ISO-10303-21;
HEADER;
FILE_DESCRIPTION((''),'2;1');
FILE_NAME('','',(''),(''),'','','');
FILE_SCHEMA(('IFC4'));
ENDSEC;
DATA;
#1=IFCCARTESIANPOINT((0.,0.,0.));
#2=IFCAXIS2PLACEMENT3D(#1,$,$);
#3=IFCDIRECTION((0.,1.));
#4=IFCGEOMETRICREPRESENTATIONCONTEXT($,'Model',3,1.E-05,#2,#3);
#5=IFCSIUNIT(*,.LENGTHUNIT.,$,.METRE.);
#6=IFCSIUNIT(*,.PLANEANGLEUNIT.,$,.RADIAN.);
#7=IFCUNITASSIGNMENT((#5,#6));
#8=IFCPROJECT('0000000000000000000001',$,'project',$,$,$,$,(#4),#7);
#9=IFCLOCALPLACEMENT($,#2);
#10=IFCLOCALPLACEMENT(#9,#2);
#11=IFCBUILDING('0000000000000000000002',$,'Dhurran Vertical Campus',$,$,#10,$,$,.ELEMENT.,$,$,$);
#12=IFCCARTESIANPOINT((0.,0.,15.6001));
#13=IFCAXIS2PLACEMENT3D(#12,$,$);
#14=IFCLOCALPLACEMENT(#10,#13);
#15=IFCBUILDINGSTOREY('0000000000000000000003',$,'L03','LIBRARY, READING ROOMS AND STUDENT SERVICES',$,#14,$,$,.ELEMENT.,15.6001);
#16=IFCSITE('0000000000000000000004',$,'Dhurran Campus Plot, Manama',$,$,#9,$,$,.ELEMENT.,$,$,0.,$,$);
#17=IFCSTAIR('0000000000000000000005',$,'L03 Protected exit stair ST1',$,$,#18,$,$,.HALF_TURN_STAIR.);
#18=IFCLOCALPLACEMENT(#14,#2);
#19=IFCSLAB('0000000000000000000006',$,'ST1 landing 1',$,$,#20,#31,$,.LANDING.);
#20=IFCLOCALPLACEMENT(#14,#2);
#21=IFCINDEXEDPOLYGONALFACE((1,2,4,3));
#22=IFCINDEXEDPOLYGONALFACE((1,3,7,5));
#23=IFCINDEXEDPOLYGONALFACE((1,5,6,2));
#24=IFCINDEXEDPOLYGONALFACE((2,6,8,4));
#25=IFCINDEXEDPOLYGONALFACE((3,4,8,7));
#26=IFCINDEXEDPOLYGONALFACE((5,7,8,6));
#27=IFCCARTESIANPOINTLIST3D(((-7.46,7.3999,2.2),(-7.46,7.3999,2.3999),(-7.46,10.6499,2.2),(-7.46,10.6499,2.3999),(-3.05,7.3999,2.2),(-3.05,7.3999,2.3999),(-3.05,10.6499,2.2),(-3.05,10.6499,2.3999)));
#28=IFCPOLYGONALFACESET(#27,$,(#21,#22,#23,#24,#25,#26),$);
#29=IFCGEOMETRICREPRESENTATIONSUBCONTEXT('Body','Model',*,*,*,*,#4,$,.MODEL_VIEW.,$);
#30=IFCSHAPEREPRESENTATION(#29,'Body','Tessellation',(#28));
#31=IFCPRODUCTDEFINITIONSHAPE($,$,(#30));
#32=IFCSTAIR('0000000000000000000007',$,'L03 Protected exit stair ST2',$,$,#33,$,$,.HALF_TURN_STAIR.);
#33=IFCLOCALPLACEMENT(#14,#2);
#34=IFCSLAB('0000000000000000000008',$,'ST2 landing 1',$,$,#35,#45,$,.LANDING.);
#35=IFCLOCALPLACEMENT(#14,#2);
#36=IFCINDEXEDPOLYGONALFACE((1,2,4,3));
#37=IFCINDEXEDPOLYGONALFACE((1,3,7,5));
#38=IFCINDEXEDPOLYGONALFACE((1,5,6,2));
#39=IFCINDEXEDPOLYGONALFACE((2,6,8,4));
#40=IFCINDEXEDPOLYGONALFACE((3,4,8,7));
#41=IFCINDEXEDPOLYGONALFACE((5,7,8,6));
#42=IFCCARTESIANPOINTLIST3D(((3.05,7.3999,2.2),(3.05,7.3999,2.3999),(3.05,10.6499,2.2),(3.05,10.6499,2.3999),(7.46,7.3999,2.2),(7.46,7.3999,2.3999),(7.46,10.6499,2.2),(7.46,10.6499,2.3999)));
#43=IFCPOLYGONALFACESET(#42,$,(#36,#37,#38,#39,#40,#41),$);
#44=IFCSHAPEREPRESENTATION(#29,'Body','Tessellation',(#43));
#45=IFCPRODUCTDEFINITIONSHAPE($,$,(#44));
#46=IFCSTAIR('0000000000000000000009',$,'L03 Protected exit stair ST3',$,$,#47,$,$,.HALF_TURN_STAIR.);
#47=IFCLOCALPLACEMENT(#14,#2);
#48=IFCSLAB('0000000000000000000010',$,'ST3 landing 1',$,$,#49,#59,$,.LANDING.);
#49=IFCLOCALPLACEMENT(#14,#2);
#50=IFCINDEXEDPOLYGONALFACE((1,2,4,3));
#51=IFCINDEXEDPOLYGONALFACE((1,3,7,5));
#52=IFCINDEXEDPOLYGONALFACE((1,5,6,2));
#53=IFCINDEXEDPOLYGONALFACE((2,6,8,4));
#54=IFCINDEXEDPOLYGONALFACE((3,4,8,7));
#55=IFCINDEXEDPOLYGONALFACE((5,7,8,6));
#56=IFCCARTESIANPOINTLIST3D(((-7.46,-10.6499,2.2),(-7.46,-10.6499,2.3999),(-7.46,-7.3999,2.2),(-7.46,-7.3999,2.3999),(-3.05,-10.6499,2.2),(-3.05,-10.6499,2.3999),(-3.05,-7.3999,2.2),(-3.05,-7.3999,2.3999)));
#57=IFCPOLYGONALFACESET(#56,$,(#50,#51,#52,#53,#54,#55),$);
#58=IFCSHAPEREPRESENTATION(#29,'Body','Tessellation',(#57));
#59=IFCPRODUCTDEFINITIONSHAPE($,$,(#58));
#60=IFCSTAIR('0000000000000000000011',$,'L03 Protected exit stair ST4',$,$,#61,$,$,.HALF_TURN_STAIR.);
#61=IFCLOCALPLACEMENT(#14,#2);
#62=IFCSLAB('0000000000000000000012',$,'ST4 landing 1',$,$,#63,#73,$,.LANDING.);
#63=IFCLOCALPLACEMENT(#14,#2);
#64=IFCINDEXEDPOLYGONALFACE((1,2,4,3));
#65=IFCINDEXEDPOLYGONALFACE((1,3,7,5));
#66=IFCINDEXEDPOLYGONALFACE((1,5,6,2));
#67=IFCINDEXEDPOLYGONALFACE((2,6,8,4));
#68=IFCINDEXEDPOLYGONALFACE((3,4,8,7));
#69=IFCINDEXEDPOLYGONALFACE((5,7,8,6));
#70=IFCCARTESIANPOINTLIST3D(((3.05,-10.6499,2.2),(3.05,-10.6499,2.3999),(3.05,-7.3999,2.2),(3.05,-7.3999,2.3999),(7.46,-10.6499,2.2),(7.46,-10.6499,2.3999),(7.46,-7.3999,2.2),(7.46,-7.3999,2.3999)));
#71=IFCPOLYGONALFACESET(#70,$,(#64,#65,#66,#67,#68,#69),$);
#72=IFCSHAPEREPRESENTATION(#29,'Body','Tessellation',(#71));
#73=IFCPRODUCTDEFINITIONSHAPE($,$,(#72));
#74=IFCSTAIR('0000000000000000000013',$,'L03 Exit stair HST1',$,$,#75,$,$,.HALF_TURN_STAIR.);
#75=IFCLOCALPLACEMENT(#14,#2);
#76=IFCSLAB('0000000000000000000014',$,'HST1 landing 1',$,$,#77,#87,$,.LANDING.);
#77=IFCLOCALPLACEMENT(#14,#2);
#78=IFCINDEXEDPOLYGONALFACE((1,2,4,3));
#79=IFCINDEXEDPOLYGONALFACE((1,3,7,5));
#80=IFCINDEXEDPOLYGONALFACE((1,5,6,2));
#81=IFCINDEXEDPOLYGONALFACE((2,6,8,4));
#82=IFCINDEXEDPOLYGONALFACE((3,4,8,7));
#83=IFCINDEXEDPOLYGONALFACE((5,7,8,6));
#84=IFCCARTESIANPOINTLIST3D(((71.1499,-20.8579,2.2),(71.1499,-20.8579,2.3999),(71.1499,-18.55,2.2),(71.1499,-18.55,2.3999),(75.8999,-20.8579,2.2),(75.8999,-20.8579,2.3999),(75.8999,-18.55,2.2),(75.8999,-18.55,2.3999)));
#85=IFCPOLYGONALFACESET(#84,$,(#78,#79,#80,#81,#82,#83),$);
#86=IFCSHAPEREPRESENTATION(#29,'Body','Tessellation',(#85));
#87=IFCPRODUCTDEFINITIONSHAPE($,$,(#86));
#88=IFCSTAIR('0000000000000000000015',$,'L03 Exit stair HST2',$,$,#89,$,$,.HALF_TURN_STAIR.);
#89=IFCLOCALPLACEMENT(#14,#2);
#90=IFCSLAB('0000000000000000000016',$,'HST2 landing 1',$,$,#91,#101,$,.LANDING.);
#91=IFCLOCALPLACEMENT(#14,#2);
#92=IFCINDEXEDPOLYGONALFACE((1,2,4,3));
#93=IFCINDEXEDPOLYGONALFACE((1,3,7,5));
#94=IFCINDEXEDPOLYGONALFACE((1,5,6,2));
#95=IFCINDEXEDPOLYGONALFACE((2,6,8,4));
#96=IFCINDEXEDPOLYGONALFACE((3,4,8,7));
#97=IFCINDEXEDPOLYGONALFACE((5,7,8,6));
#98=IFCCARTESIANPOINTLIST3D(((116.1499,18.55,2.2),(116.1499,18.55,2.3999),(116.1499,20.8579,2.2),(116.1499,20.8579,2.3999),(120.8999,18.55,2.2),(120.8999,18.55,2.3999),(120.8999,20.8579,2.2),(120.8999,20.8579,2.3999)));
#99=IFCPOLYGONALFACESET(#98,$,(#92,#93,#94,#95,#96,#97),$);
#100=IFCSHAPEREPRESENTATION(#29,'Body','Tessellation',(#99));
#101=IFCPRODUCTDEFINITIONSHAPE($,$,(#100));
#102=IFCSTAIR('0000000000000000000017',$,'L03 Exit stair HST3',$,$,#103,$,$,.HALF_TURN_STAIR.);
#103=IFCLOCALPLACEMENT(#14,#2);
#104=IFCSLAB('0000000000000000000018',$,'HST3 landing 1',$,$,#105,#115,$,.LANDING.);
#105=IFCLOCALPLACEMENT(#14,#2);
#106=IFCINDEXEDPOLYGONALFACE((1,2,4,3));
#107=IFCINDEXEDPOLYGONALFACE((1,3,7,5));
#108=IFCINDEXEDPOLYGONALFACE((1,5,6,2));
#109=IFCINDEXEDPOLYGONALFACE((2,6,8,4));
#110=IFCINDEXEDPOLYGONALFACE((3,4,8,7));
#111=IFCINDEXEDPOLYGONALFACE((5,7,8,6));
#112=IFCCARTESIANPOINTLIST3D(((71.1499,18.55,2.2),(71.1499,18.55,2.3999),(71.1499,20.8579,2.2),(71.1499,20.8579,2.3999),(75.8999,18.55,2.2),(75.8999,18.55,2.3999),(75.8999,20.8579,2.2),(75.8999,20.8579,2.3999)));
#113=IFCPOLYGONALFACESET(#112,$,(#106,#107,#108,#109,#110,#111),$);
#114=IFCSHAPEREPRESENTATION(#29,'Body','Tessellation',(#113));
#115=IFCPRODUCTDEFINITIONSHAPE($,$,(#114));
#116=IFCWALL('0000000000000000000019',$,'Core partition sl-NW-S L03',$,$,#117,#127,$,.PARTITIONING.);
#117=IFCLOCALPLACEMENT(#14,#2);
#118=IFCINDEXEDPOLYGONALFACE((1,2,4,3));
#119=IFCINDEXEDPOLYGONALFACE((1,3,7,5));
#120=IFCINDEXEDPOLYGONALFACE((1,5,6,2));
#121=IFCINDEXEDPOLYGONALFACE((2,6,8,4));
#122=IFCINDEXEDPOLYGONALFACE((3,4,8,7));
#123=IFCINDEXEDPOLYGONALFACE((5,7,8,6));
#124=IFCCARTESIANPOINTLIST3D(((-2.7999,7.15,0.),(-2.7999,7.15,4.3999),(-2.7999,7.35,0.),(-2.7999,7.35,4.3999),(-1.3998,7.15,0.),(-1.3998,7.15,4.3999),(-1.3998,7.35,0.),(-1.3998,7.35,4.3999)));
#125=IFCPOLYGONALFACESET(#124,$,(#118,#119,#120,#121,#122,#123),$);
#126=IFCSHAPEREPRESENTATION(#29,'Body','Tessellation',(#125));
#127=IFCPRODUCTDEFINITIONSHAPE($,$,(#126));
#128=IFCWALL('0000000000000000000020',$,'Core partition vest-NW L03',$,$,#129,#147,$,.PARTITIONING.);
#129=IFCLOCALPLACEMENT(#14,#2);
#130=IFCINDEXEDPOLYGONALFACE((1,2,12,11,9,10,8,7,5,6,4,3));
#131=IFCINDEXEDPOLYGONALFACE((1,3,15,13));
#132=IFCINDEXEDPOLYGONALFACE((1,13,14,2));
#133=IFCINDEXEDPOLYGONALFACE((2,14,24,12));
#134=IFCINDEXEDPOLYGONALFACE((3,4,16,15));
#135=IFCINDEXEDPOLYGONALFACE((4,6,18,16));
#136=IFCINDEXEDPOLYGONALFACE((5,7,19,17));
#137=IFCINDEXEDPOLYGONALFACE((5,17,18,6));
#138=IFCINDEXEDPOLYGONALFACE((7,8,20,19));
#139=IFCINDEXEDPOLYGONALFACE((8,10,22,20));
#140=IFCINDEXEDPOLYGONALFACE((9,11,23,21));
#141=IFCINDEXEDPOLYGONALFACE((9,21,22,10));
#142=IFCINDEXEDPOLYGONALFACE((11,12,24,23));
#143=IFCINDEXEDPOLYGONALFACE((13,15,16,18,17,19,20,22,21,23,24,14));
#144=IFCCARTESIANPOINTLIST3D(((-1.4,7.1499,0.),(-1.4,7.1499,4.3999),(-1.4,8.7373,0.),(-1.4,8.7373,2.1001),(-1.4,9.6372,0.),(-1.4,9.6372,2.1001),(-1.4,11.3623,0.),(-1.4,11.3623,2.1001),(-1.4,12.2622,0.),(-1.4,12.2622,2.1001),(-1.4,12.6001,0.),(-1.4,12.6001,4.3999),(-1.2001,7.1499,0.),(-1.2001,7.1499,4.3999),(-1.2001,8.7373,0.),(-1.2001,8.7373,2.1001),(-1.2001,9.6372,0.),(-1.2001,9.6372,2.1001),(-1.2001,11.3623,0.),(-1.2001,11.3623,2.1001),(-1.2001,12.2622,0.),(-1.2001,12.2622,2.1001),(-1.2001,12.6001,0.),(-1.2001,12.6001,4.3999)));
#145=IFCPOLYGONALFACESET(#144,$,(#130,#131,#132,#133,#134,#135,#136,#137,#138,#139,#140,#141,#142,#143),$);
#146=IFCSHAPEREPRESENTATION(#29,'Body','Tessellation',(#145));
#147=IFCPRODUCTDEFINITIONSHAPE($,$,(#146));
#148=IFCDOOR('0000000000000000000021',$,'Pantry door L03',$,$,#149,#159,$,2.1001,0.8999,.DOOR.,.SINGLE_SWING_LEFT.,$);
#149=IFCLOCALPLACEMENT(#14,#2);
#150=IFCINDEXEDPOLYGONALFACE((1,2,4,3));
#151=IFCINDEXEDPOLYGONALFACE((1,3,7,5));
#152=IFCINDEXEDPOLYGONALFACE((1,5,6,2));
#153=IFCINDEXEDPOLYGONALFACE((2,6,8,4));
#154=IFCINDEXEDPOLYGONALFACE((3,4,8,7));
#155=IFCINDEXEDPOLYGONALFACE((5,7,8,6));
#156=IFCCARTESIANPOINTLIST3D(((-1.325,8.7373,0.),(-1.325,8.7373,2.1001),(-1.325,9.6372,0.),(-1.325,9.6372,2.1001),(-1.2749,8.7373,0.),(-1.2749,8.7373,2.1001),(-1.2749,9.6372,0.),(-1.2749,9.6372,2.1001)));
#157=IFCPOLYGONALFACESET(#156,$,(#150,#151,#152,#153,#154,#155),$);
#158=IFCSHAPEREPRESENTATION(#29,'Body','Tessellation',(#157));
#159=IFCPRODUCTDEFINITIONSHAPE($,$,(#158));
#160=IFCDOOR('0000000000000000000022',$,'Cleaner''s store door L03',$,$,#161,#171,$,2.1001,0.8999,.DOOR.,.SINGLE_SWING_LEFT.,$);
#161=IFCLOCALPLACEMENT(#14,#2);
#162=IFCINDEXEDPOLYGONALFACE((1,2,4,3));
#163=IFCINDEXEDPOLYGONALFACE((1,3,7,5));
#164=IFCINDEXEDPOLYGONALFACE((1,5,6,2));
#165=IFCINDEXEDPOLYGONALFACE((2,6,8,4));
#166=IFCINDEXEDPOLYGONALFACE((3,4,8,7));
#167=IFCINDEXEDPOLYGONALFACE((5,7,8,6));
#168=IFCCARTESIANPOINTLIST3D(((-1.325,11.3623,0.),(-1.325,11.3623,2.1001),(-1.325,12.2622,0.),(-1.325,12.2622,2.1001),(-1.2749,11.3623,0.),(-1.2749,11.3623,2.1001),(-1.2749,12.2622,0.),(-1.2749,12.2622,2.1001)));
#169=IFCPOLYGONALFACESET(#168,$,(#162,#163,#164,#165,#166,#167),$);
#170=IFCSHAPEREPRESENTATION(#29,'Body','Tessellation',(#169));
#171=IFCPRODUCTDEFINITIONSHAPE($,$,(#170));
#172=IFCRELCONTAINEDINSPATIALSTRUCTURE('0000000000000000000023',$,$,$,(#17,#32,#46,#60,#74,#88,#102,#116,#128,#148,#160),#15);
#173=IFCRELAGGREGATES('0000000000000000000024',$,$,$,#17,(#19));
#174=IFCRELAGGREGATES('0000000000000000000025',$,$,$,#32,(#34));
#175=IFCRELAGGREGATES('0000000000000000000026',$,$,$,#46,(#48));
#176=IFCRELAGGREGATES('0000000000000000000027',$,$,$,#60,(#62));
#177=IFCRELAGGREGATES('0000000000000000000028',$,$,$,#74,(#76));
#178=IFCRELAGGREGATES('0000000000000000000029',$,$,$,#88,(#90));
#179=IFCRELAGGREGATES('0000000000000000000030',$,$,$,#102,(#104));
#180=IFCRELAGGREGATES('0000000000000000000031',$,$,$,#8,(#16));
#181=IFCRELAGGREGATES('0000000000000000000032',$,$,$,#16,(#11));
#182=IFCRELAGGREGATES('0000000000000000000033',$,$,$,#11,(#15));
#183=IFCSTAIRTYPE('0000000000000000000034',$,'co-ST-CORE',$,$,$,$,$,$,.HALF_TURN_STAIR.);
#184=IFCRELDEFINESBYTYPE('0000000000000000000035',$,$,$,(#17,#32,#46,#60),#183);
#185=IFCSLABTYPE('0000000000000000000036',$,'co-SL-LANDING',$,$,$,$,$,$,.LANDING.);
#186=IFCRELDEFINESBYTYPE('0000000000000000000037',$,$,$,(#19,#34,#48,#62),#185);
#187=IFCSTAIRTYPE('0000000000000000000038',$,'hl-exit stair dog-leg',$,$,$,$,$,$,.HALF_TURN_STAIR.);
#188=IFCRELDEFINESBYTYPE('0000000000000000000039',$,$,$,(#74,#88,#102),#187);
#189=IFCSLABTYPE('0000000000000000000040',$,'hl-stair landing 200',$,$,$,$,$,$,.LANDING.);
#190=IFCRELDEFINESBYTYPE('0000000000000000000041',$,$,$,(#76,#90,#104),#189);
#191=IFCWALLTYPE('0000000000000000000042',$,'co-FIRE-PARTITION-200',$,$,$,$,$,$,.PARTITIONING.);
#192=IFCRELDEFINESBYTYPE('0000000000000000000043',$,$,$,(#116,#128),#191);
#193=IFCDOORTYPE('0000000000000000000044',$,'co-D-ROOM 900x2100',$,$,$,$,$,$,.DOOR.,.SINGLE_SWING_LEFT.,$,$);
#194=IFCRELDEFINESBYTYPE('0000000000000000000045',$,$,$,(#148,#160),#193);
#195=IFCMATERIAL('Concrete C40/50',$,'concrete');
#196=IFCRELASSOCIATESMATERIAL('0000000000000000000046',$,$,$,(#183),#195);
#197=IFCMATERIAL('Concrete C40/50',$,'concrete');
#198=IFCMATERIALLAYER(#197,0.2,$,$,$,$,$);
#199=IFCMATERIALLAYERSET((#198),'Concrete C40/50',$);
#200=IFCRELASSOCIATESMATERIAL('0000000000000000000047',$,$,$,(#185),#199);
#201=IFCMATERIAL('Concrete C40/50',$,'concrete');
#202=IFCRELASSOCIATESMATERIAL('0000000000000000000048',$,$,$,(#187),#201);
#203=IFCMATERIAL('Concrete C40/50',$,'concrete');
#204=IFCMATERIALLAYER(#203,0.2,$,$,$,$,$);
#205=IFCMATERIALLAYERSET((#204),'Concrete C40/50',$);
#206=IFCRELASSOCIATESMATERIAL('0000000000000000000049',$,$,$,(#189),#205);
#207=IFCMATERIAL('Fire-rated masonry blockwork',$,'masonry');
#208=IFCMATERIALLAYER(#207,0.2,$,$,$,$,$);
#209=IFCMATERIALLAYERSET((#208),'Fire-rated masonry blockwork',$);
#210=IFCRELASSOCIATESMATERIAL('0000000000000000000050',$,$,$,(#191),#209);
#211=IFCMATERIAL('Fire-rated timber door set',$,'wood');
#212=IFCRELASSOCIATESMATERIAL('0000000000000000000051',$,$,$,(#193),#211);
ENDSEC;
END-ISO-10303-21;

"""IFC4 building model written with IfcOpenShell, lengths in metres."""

from ifc_helpers import new_model, si_unit, direction, frame, frame_2d, origin, place, context, subcontext, project, spatial, polyline, rectangle, outline, extrude, material, layer, layer_set, type_object, element, fill, aggregate, save


model = new_model("IFC4")

# Units and contexts
model_context = context("Model", 3, precision=1e-05, world=origin(), true_north=direction((0.0, 1.0)))
body_context = subcontext(model_context, "Body", "Model", "MODEL_VIEW")
ifc_project = project(units=[si_unit("LENGTHUNIT", "METRE"), si_unit("PLANEANGLEUNIT", "RADIAN")], contexts=[model_context])

# Site, building, storey
site_placement = place(None, origin())
site = spatial("IfcSite", under=ifc_project, at=site_placement, Name="Dhurran Campus Plot, Manama", CompositionType="ELEMENT", RefElevation=0.0)
building_placement = place(site_placement, origin())
building = spatial("IfcBuilding", under=site, at=building_placement, Name="Dhurran Vertical Campus", CompositionType="ELEMENT")
storey_placement = place(building_placement, frame((0.0, 0.0, 15.6001)))
storey = spatial("IfcBuildingStorey", under=building, at=storey_placement, Name="L03", Description="LIBRARY, READING ROOMS AND STUDENT SERVICES", CompositionType="ELEMENT", Elevation=15.6001)

# Stairs, slabs
ifc_material_1 = material(Name="Concrete C40/50", Category="concrete")
stair_type_1 = type_object("IfcStairType", Name="co-ST-CORE", PredefinedType="HALF_TURN_STAIR", material=ifc_material_1)
stair_1_placement = place(storey_placement, origin())
stair_1 = element("IfcStair", 1, at=stair_1_placement, inside=storey, type_object=stair_type_1, Name="L03 Protected exit stair ST1", PredefinedType="HALF_TURN_STAIR")
ifc_material_2 = material(Name="Concrete C40/50", Category="concrete")
ifc_layer_1 = layer(ifc_material_2, 0.2)
ifc_layer_set_1 = layer_set([ifc_layer_1], Name="Concrete C40/50")
slab_type_1 = type_object("IfcSlabType", Name="co-SL-LANDING", PredefinedType="LANDING", material=ifc_layer_set_1)
slab_1_placement = place(storey_placement, frame((0.0, 0.0, 2.2)))
slab_1 = element("IfcSlab", 2, at=slab_1_placement, type_object=slab_type_1, Name="ST1 landing 1", PredefinedType="LANDING", context=body_context, shape_type="SweptSolid", body=[
    extrude(outline(polyline([(-7.46, 7.3999), (-3.05, 7.3999), (-3.05, 10.6499), (-7.46, 10.6499), (-7.46, 7.3999)])), origin(), (0.0, 0.0, 1.0), 0.2),
])
aggregate(stair_1, [slab_1])
stair_2_placement = place(storey_placement, origin())
stair_2 = element("IfcStair", 3, at=stair_2_placement, inside=storey, type_object=stair_type_1, Name="L03 Protected exit stair ST2", PredefinedType="HALF_TURN_STAIR")
slab_2_placement = place(storey_placement, frame((0.0, 0.0, 2.2)))
slab_2 = element("IfcSlab", 4, at=slab_2_placement, type_object=slab_type_1, Name="ST2 landing 1", PredefinedType="LANDING", context=body_context, shape_type="SweptSolid", body=[
    extrude(outline(polyline([(7.46, 10.6499), (3.05, 10.6499), (3.05, 7.3999), (7.46, 7.3999), (7.46, 10.6499)])), origin(), (0.0, 0.0, 1.0), 0.2),
])
aggregate(stair_2, [slab_2])
stair_3_placement = place(storey_placement, origin())
stair_3 = element("IfcStair", 5, at=stair_3_placement, inside=storey, type_object=stair_type_1, Name="L03 Protected exit stair ST3", PredefinedType="HALF_TURN_STAIR")
slab_3_placement = place(storey_placement, frame((0.0, 0.0, 2.2)))
slab_3 = element("IfcSlab", 6, at=slab_3_placement, type_object=slab_type_1, Name="ST3 landing 1", PredefinedType="LANDING", context=body_context, shape_type="SweptSolid", body=[
    extrude(outline(polyline([(-7.46, -10.6499), (-3.05, -10.6499), (-3.05, -7.3999), (-7.46, -7.3999), (-7.46, -10.6499)])), origin(), (0.0, 0.0, 1.0), 0.2),
])
aggregate(stair_3, [slab_3])
stair_4_placement = place(storey_placement, origin())
stair_4 = element("IfcStair", 7, at=stair_4_placement, inside=storey, type_object=stair_type_1, Name="L03 Protected exit stair ST4", PredefinedType="HALF_TURN_STAIR")
slab_4_placement = place(storey_placement, frame((0.0, 0.0, 2.2)))
slab_4 = element("IfcSlab", 8, at=slab_4_placement, type_object=slab_type_1, Name="ST4 landing 1", PredefinedType="LANDING", context=body_context, shape_type="SweptSolid", body=[
    extrude(outline(polyline([(7.46, -7.3999), (3.05, -7.3999), (3.05, -10.6499), (7.46, -10.6499), (7.46, -7.3999)])), origin(), (0.0, 0.0, 1.0), 0.2),
])
aggregate(stair_4, [slab_4])
ifc_material_3 = material(Name="Concrete C40/50", Category="concrete")
stair_type_2 = type_object("IfcStairType", Name="hl-exit stair dog-leg", PredefinedType="HALF_TURN_STAIR", material=ifc_material_3)
stair_5_placement = place(storey_placement, origin())
stair_5 = element("IfcStair", 9, at=stair_5_placement, inside=storey, type_object=stair_type_2, Name="L03 Exit stair HST1", PredefinedType="HALF_TURN_STAIR")
ifc_material_4 = material(Name="Concrete C40/50", Category="concrete")
ifc_layer_2 = layer(ifc_material_4, 0.2)
ifc_layer_set_2 = layer_set([ifc_layer_2], Name="Concrete C40/50")
slab_type_2 = type_object("IfcSlabType", Name="hl-stair landing 200", PredefinedType="LANDING", material=ifc_layer_set_2)
slab_5_placement = place(storey_placement, frame((0.0, 0.0, 2.2)))
slab_5 = element("IfcSlab", 10, at=slab_5_placement, type_object=slab_type_2, Name="HST1 landing 1", PredefinedType="LANDING", context=body_context, shape_type="SweptSolid", body=[
    extrude(outline(polyline([(75.8999, -20.8579), (75.8999, -18.55), (71.1499, -18.55), (71.1499, -20.8579), (75.8999, -20.8579)])), origin(), (0.0, 0.0, 1.0), 0.2),
])
aggregate(stair_5, [slab_5])
stair_6_placement = place(storey_placement, origin())
stair_6 = element("IfcStair", 11, at=stair_6_placement, inside=storey, type_object=stair_type_2, Name="L03 Exit stair HST2", PredefinedType="HALF_TURN_STAIR")
slab_6_placement = place(storey_placement, frame((0.0, 0.0, 2.2)))
slab_6 = element("IfcSlab", 12, at=slab_6_placement, type_object=slab_type_2, Name="HST2 landing 1", PredefinedType="LANDING", context=body_context, shape_type="SweptSolid", body=[
    extrude(outline(polyline([(116.1499, 20.8579), (116.1499, 18.55), (120.8999, 18.55), (120.8999, 20.8579), (116.1499, 20.8579)])), origin(), (0.0, 0.0, 1.0), 0.2),
])
aggregate(stair_6, [slab_6])
stair_7_placement = place(storey_placement, origin())
stair_7 = element("IfcStair", 13, at=stair_7_placement, inside=storey, type_object=stair_type_2, Name="L03 Exit stair HST3", PredefinedType="HALF_TURN_STAIR")
slab_7_placement = place(storey_placement, frame((0.0, 0.0, 2.2)))
slab_7 = element("IfcSlab", 14, at=slab_7_placement, type_object=slab_type_2, Name="HST3 landing 1", PredefinedType="LANDING", context=body_context, shape_type="SweptSolid", body=[
    extrude(outline(polyline([(71.1499, 20.8579), (71.1499, 18.55), (75.8999, 18.55), (75.8999, 20.8579), (71.1499, 20.8579)])), origin(), (0.0, 0.0, 1.0), 0.2),
])
aggregate(stair_7, [slab_7])

# Wall
ifc_material_5 = material(Name="Fire-rated masonry blockwork", Category="masonry")
ifc_layer_3 = layer(ifc_material_5, 0.2)
ifc_layer_set_3 = layer_set([ifc_layer_3], Name="Fire-rated masonry blockwork")
wall_type_1 = type_object("IfcWallType", Name="co-FIRE-PARTITION-200", PredefinedType="PARTITIONING", material=ifc_layer_set_3)
wall_1_placement = place(storey_placement, frame((-2.8, 7.25, 0.0), z_axis=(0.0, 0.0, 1.0), x_axis=(1.0, 0.0, 0.0)))
element("IfcWall", 15, at=wall_1_placement, inside=storey, type_object=wall_type_1, Name="Core partition sl-NW-S L03", PredefinedType="PARTITIONING", context=body_context, shape_type="SweptSolid", body=[
    extrude(rectangle(XDim=1.4001, YDim=0.2, at=frame_2d((0.7002, 0.0))), origin(), (0.0, 0.0, 1.0), 4.3999),
])

# Wall, openings, doors
wall_2_placement = place(storey_placement, frame((-1.3, 7.1499, 0.0), z_axis=(0.0, 0.0, 1.0), x_axis=(0.0, 1.0, 0.0)))
wall_2 = element("IfcWall", 16, at=wall_2_placement, inside=storey, type_object=wall_type_1, Name="Core partition vest-NW L03", PredefinedType="PARTITIONING", context=body_context, shape_type="SweptSolid", body=[
    extrude(rectangle(XDim=5.4502, YDim=0.2, at=frame_2d((2.7251, 0.0))), origin(), (0.0, 0.0, 1.0), 4.3999),
])
opening_1_placement = place(wall_2_placement, frame((1.5874, 0.0, 0.0)))
opening_1 = element("IfcOpeningElement", 17, at=opening_1_placement, cuts=wall_2, PredefinedType="OPENING", context=body_context, shape_type="SweptSolid", body=[
    extrude(rectangle(XDim=0.8999, YDim=2.1001, at=frame_2d((0.45, 1.05))), frame((0.0, 0.1099, 0.0), z_axis=(0.0, -1.0, 0.0), x_axis=(1.0, 0.0, 0.0)), (0.0, 0.0, 1.0), 0.22),
])
opening_2_placement = place(wall_2_placement, frame((4.2124, 0.0, 0.0)))
opening_2 = element("IfcOpeningElement", 18, at=opening_2_placement, cuts=wall_2, PredefinedType="OPENING", context=body_context, shape_type="SweptSolid", body=[
    extrude(rectangle(XDim=0.8999, YDim=2.1001, at=frame_2d((0.45, 1.05))), frame((0.0, 0.1099, 0.0), z_axis=(0.0, -1.0, 0.0), x_axis=(1.0, 0.0, 0.0)), (0.0, 0.0, 1.0), 0.22),
])
ifc_material_6 = material(Name="Fire-rated timber door set", Category="wood")
door_type = type_object("IfcDoorType", Name="co-D-ROOM 900x2100", OperationType="SINGLE_SWING_LEFT", PredefinedType="DOOR", material=ifc_material_6)
door_1_placement = place(opening_1_placement, origin())
door_1 = element("IfcDoor", 19, at=door_1_placement, inside=storey, type_object=door_type, Name="Pantry door L03", OperationType="SINGLE_SWING_LEFT", OverallHeight=2.1001, OverallWidth=0.8999, PredefinedType="DOOR", context=body_context, shape_type="SweptSolid", body=[
    extrude(rectangle(XDim=0.8999, YDim=2.1001, at=frame_2d((0.45, 1.05))), frame((0.0, 0.0249, 0.0), z_axis=(0.0, -1.0, 0.0), x_axis=(1.0, 0.0, 0.0)), (0.0, 0.0, 1.0), 0.05),
])
fill(opening_1, door_1)
door_2_placement = place(opening_2_placement, origin())
door_2 = element("IfcDoor", 20, at=door_2_placement, inside=storey, type_object=door_type, Name="Cleaner's store door L03", OperationType="SINGLE_SWING_LEFT", OverallHeight=2.1001, OverallWidth=0.8999, PredefinedType="DOOR", context=body_context, shape_type="SweptSolid", body=[
    extrude(rectangle(XDim=0.8999, YDim=2.1001, at=frame_2d((0.45, 1.05))), frame((0.0, 0.0249, 0.0), z_axis=(0.0, -1.0, 0.0), x_axis=(1.0, 0.0, 0.0)), (0.0, 0.0, 1.0), 0.05),
])
fill(opening_2, door_2)

save(model, "model.ifc")
